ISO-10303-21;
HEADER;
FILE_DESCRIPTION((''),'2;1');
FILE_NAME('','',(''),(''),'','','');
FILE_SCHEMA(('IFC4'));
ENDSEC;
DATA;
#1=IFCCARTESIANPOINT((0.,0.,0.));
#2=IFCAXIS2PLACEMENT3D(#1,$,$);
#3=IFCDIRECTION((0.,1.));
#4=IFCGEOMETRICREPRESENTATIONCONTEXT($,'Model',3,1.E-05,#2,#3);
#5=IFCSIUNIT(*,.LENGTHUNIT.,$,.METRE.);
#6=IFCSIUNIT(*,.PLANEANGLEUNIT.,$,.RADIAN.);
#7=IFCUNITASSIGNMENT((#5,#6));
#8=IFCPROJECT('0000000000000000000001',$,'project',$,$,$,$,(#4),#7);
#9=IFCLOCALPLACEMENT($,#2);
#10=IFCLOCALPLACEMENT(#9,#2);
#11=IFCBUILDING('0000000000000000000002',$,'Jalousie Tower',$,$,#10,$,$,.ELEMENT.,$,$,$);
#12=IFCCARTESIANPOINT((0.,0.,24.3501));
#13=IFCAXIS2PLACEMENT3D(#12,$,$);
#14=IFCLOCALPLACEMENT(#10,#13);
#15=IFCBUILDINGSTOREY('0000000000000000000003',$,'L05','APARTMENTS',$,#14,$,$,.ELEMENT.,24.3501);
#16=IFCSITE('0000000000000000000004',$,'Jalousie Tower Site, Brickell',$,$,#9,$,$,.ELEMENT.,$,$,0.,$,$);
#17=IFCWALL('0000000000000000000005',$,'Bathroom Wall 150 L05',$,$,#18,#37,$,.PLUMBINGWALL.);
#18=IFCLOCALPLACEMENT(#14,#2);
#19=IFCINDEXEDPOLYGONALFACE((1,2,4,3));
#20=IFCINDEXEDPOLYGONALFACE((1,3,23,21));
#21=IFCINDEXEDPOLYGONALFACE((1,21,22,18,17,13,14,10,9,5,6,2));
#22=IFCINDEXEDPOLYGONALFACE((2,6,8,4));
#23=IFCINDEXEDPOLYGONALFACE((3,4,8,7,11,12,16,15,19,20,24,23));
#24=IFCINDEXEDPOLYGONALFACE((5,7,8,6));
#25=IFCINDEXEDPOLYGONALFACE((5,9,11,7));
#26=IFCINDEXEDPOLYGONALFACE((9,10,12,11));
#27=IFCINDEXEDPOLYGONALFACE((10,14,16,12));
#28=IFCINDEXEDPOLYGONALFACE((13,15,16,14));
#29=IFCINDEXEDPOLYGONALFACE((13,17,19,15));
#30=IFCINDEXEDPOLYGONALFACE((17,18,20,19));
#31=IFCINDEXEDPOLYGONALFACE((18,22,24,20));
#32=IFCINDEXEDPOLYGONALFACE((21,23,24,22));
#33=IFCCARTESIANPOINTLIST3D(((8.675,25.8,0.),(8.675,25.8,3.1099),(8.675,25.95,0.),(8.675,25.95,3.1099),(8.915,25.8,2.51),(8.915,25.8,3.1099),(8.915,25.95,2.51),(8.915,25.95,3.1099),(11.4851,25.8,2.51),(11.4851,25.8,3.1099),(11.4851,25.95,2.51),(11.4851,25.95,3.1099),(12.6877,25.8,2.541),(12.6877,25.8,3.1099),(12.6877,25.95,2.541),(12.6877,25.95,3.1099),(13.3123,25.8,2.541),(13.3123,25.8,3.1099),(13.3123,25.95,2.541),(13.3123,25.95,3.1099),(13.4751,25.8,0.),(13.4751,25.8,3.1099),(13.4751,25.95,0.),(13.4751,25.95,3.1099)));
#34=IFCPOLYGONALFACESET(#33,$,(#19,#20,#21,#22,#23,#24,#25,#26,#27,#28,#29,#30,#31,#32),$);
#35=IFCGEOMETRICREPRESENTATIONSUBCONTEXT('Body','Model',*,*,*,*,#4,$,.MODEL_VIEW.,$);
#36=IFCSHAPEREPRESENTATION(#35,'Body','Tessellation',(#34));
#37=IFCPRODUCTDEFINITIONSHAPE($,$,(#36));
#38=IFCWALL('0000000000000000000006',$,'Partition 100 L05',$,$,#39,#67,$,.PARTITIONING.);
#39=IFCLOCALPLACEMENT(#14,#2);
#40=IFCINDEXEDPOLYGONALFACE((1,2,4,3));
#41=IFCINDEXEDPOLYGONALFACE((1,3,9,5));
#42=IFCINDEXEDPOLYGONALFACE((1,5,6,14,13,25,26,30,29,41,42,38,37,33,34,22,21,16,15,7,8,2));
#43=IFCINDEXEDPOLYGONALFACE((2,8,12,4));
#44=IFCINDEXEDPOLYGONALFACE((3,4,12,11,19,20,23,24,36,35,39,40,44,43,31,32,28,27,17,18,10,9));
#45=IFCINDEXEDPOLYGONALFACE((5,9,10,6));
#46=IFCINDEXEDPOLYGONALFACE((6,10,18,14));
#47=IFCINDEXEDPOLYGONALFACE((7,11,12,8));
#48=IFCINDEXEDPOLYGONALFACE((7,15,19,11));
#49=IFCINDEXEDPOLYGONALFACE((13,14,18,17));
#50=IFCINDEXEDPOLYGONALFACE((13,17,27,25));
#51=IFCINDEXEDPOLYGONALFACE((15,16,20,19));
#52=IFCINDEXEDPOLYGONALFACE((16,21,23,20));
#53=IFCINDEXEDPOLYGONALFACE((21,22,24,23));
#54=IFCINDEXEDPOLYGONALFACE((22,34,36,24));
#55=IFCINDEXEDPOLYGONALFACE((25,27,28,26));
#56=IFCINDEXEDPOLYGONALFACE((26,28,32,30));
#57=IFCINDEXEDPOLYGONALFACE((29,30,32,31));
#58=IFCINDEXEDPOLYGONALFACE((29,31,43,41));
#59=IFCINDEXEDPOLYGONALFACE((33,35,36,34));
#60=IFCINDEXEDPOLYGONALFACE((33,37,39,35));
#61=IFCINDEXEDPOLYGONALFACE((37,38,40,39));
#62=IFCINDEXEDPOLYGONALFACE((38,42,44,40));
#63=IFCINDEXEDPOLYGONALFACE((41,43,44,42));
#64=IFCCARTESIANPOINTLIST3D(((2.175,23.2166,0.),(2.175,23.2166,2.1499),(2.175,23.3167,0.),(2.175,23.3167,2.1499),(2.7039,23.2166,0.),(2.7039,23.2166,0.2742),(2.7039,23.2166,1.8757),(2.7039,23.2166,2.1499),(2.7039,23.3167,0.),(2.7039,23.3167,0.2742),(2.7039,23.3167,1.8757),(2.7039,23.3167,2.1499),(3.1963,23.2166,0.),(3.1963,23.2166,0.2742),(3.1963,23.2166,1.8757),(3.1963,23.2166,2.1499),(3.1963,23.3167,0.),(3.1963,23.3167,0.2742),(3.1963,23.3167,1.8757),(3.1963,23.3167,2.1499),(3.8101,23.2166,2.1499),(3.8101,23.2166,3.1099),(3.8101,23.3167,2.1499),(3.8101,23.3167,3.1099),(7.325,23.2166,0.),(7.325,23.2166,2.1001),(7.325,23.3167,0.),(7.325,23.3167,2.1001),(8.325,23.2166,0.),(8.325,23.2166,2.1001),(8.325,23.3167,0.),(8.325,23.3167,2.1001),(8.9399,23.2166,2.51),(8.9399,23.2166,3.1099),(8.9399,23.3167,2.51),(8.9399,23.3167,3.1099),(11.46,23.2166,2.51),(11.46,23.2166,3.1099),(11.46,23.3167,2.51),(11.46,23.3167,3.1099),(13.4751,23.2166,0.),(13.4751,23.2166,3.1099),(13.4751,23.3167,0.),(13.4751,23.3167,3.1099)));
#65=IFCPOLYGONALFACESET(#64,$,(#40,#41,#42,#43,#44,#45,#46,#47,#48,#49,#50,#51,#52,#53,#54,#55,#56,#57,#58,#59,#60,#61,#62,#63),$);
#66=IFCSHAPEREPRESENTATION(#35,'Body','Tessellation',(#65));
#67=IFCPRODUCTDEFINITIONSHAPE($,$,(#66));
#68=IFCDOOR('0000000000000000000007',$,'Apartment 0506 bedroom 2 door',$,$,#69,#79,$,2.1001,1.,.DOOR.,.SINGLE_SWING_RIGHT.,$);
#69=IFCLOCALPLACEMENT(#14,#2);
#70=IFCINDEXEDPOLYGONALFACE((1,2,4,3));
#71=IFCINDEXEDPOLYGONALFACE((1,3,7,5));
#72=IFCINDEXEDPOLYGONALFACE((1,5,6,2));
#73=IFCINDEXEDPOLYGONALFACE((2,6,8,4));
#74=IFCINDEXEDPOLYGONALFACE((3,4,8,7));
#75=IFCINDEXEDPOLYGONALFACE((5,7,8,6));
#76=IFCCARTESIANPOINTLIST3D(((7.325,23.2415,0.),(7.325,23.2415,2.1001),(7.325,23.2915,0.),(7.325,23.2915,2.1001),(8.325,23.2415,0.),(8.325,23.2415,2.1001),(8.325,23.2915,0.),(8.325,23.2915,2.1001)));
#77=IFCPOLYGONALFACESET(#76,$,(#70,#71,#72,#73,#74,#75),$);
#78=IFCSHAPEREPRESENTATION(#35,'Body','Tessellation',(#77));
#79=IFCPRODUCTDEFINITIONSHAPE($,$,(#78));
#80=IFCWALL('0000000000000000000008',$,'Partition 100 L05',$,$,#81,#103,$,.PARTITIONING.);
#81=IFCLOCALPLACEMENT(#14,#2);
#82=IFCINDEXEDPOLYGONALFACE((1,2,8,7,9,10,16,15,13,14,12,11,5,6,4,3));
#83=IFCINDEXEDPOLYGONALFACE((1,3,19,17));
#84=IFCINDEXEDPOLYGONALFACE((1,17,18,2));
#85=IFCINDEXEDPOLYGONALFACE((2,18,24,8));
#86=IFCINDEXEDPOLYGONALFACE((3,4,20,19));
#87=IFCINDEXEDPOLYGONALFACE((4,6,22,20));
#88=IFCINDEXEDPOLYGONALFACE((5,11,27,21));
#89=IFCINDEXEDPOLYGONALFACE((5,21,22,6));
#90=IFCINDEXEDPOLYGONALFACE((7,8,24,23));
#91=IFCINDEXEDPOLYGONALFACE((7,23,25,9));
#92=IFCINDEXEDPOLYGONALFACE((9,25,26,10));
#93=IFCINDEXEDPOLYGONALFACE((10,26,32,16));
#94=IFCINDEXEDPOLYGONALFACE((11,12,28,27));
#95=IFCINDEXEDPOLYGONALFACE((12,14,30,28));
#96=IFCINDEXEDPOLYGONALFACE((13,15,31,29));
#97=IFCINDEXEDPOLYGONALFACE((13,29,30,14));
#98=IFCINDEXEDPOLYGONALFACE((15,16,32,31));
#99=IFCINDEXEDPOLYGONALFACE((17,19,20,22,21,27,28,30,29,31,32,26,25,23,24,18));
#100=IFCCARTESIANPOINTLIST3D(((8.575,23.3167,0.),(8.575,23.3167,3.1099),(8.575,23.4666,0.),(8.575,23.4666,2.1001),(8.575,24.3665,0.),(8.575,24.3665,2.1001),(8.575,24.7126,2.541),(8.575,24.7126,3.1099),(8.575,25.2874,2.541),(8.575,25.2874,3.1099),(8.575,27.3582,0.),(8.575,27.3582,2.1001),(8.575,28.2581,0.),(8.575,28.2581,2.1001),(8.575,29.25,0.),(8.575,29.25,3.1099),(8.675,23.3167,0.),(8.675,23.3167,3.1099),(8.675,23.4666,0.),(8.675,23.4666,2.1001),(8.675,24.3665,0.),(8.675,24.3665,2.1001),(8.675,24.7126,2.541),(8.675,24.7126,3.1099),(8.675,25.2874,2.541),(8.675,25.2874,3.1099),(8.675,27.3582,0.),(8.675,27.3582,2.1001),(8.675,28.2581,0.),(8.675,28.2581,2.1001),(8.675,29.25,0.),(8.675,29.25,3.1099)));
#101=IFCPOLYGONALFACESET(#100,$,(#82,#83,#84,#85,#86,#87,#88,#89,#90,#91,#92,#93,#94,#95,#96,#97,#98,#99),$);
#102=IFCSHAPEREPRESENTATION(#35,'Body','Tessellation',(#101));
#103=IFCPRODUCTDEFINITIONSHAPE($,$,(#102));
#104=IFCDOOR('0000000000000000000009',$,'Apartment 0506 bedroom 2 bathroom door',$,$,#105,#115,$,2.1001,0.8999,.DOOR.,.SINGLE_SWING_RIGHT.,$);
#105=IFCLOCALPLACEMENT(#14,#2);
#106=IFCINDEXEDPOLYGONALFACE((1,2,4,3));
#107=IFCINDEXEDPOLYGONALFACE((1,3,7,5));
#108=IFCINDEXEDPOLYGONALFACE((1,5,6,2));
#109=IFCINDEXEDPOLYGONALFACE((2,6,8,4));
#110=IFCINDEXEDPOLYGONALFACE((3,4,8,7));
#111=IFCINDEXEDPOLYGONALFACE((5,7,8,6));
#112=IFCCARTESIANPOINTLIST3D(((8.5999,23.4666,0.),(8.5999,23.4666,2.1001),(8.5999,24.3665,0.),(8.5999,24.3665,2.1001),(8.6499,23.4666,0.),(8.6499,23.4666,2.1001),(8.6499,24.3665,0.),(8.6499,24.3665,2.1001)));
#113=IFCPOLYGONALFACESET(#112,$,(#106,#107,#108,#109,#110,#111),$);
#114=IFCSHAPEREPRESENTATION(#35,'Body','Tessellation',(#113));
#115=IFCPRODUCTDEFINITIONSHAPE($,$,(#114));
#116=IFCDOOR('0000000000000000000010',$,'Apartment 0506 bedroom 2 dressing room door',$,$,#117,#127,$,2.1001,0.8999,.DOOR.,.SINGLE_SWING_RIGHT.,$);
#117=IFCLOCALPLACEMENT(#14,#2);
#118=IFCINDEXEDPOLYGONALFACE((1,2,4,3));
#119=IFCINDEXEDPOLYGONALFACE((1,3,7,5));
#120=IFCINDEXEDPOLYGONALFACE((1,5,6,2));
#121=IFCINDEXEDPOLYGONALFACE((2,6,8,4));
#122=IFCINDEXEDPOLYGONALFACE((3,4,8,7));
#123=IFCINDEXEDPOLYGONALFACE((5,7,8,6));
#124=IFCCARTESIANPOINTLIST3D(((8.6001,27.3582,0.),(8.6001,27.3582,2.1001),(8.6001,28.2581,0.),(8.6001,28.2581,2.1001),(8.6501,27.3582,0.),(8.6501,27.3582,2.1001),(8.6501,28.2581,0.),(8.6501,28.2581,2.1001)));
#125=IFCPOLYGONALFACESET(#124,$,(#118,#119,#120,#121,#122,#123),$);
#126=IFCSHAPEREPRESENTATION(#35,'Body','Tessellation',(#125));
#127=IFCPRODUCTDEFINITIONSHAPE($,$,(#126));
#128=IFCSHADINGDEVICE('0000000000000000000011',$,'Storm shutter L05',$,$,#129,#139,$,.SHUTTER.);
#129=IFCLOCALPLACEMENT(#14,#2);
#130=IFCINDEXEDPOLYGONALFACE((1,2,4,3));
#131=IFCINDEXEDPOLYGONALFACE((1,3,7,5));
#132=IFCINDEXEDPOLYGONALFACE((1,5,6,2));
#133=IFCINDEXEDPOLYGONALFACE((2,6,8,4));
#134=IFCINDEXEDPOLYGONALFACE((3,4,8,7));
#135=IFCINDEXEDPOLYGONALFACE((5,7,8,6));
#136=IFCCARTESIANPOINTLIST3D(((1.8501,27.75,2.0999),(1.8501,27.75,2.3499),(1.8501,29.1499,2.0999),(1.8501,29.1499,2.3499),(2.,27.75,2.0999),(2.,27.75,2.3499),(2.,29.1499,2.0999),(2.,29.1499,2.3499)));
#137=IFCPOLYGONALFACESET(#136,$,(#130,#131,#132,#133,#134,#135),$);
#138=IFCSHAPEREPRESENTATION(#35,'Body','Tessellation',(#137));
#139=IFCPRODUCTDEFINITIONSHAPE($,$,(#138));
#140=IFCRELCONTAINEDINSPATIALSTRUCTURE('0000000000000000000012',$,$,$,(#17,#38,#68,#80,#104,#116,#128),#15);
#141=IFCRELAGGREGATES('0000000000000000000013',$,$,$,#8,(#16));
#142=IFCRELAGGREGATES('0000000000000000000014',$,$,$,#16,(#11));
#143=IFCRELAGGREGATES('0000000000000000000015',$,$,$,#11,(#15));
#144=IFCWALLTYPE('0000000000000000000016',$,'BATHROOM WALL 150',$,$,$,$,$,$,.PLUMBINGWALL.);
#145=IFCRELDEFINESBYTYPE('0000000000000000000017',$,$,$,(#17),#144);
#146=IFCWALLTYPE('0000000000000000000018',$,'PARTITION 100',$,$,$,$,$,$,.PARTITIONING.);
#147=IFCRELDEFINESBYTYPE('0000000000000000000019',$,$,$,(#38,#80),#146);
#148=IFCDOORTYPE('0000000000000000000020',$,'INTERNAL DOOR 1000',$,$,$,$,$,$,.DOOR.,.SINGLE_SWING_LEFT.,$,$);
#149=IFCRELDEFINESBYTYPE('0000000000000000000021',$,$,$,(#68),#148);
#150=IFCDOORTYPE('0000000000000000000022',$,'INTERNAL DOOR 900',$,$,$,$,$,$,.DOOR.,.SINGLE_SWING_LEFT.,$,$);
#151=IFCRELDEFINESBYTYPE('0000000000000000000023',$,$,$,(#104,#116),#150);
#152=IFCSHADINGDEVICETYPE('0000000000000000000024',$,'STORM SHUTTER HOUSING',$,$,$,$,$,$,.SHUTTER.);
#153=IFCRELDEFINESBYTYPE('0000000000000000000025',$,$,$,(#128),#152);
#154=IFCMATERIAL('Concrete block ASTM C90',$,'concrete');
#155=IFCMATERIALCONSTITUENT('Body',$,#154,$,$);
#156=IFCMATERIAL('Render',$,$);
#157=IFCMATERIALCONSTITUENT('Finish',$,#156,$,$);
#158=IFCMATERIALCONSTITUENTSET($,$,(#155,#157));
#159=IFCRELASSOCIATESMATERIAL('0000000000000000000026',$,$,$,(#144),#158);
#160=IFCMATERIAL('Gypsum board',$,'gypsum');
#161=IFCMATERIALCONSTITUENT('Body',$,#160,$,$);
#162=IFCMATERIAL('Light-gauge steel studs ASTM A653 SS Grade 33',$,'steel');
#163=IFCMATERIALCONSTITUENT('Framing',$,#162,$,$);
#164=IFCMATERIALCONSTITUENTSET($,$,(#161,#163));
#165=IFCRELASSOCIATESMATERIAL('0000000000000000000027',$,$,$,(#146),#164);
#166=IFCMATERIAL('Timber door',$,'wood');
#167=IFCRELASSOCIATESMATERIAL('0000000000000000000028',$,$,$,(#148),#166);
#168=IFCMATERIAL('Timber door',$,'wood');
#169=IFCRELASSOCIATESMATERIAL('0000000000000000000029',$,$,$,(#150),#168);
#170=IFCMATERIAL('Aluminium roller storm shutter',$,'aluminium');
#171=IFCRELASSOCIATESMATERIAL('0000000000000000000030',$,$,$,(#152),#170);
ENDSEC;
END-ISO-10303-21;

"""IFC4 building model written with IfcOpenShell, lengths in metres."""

from ifc_helpers import new_model, si_unit, direction, frame, frame_2d, origin, origin_2d, place, context, subcontext, project, spatial, polyline, rectangle, outline, extrude, material, constituent, constituent_set, type_object, element, fill, save


model = new_model("IFC4")

# Units and contexts
model_context = context("Model", 3, precision=1e-05, world=origin(), true_north=direction((0.0, 1.0)))
body_context = subcontext(model_context, "Body", "Model", "MODEL_VIEW")
ifc_project = project(units=[si_unit("LENGTHUNIT", "METRE"), si_unit("PLANEANGLEUNIT", "RADIAN")], contexts=[model_context])

# Site, building, storey
site_placement = place(None, origin())
site = spatial("IfcSite", under=ifc_project, at=site_placement, Name="Jalousie Tower Site, Brickell", CompositionType="ELEMENT", RefElevation=0.0)
building_placement = place(site_placement, origin())
building = spatial("IfcBuilding", under=site, at=building_placement, Name="Jalousie Tower", CompositionType="ELEMENT")
storey_placement = place(building_placement, frame((0.0, 0.0, 24.3501)))
storey = spatial("IfcBuildingStorey", under=building, at=storey_placement, Name="L05", Description="APARTMENTS", CompositionType="ELEMENT", Elevation=24.3501)

# Wall
ifc_material_1 = material(Name="Concrete block ASTM C90", Category="concrete")
ifc_constituent_1 = constituent(ifc_material_1, Name="Body")
ifc_material_2 = material(Name="Render")
ifc_constituent_2 = constituent(ifc_material_2, Name="Finish")
ifc_constituent_set_1 = constituent_set(constituents=[ifc_constituent_1, ifc_constituent_2])
wall_type_1 = type_object("IfcWallType", Name="BATHROOM WALL 150", PredefinedType="PLUMBINGWALL", material=ifc_constituent_set_1)
wall_1_placement = place(storey_placement, frame((8.675, 25.875, 0.0), z_axis=(0.0, 0.0, 1.0), x_axis=(1.0, 0.0, 0.0)))
element("IfcWall", 1, at=wall_1_placement, inside=storey, type_object=wall_type_1, Name="Bathroom Wall 150 L05", PredefinedType="PLUMBINGWALL", context=body_context, shape_type="SweptSolid", body=[
    extrude(outline(polyline([(0.0, 0.0), (4.8, 0.0), (4.8, 3.1099), (4.6372, 3.1099), (4.6372, 2.541), (4.0127, 2.541), (4.0127, 3.1099), (2.8101, 3.1099), (2.8101, 2.51), (0.24, 2.51), (0.24, 3.1099), (0.0, 3.1099), (0.0, 0.0)])), frame((0.0, 0.075, 0.0), z_axis=(0.0, -1.0, 0.0), x_axis=(1.0, 0.0, 0.0)), (0.0, 0.0, 1.0), 0.1499),
])

# Wall, opening, door
ifc_material_3 = material(Name="Gypsum board", Category="gypsum")
ifc_constituent_3 = constituent(ifc_material_3, Name="Body")
ifc_material_4 = material(Name="Light-gauge steel studs ASTM A653 SS Grade 33", Category="steel")
ifc_constituent_4 = constituent(ifc_material_4, Name="Framing")
ifc_constituent_set_2 = constituent_set(constituents=[ifc_constituent_3, ifc_constituent_4])
wall_type_2 = type_object("IfcWallType", Name="PARTITION 100", PredefinedType="PARTITIONING", material=ifc_constituent_set_2)
wall_2_placement = place(storey_placement, frame((2.175, 23.2666, 0.0), z_axis=(0.0, 0.0, 1.0), x_axis=(1.0, 0.0, 0.0)))
wall_2 = element("IfcWall", 2, at=wall_2_placement, inside=storey, type_object=wall_type_2, Name="Partition 100 L05", PredefinedType="PARTITIONING", context=body_context, shape_type="SweptSolid", body=[
    extrude(outline(polyline([(0.5288, 2.1499), (0.0, 2.1499), (0.0, 0.0), (0.5288, 0.0), (0.5288, 0.2742), (1.0212, 0.2742), (1.0212, 0.0), (11.3, 0.0), (11.3, 3.1099), (9.2849, 3.1099), (9.2849, 2.51), (6.7649, 2.51), (6.7649, 3.1099), (1.635, 3.1099), (1.635, 2.1499), (1.0212, 2.1499), (1.0212, 1.8757), (0.5288, 1.8757), (0.5288, 2.1499)])), frame((0.0, 0.05, 0.0), z_axis=(0.0, -1.0, 0.0), x_axis=(1.0, 0.0, 0.0)), (0.0, 0.0, 1.0), 0.1001),
])
opening_1_placement = place(wall_2_placement, frame((5.1499, 0.0, 0.0)))
opening_1 = element("IfcOpeningElement", 3, at=opening_1_placement, cuts=wall_2, PredefinedType="OPENING", context=body_context, shape_type="SweptSolid", body=[
    extrude(rectangle(XDim=1.0, YDim=2.1001, at=frame_2d((0.5, 1.05))), frame((0.0, 0.0601, 0.0), z_axis=(0.0, -1.0, 0.0), x_axis=(1.0, 0.0, 0.0)), (0.0, 0.0, 1.0), 0.1201),
])
ifc_material_5 = material(Name="Timber door", Category="wood")
door_type_1 = type_object("IfcDoorType", Name="INTERNAL DOOR 1000", OperationType="SINGLE_SWING_LEFT", PredefinedType="DOOR", material=ifc_material_5)
door_1_placement = place(opening_1_placement, origin())
door_1 = element("IfcDoor", 4, at=door_1_placement, inside=storey, type_object=door_type_1, Name="Apartment 0506 bedroom 2 door", OperationType="SINGLE_SWING_RIGHT", OverallHeight=2.1001, OverallWidth=1.0, PredefinedType="DOOR", context=body_context, shape_type="SweptSolid", body=[
    extrude(rectangle(XDim=1.0, YDim=2.1001, at=frame_2d((0.5, 1.05))), frame((0.0, 0.0249, 0.0), z_axis=(0.0, -1.0, 0.0), x_axis=(1.0, 0.0, 0.0)), (0.0, 0.0, 1.0), 0.05),
])
fill(opening_1, door_1)

# Wall, openings, doors
wall_3_placement = place(storey_placement, frame((8.625, 23.3167, 0.0), z_axis=(0.0, 0.0, 1.0), x_axis=(0.0, 1.0, 0.0)))
wall_3 = element("IfcWall", 5, at=wall_3_placement, inside=storey, type_object=wall_type_2, Name="Partition 100 L05", PredefinedType="PARTITIONING", context=body_context, shape_type="SweptSolid", body=[
    extrude(outline(polyline([(0.0, 0.0), (5.9333, 0.0), (5.9333, 3.1099), (1.9707, 3.1099), (1.9707, 2.541), (1.396, 2.541), (1.396, 3.1099), (0.0, 3.1099), (0.0, 0.0)])), frame((0.0, 0.05, 0.0), z_axis=(0.0, -1.0, 0.0), x_axis=(1.0, 0.0, 0.0)), (0.0, 0.0, 1.0), 0.1001),
])
opening_2_placement = place(wall_3_placement, frame((0.1499, 0.0, 0.0)))
opening_2 = element("IfcOpeningElement", 6, at=opening_2_placement, cuts=wall_3, PredefinedType="OPENING", context=body_context, shape_type="SweptSolid", body=[
    extrude(rectangle(XDim=0.8999, YDim=2.1001, at=frame_2d((0.45, 1.05))), frame((0.0, 0.0601, 0.0), z_axis=(0.0, -1.0, 0.0), x_axis=(1.0, 0.0, 0.0)), (0.0, 0.0, 1.0), 0.1201),
])
opening_3_placement = place(wall_3_placement, frame((4.0415, 0.0, 0.0)))
opening_3 = element("IfcOpeningElement", 7, at=opening_3_placement, cuts=wall_3, PredefinedType="OPENING", context=body_context, shape_type="SweptSolid", body=[
    extrude(rectangle(XDim=0.8999, YDim=2.1001, at=frame_2d((0.45, 1.05))), frame((0.0, 0.0601, 0.0), z_axis=(0.0, -1.0, 0.0), x_axis=(1.0, 0.0, 0.0)), (0.0, 0.0, 1.0), 0.1201),
])
ifc_material_6 = material(Name="Timber door", Category="wood")
door_type_2 = type_object("IfcDoorType", Name="INTERNAL DOOR 900", OperationType="SINGLE_SWING_LEFT", PredefinedType="DOOR", material=ifc_material_6)
door_2_placement = place(opening_2_placement, frame((0.8999, 0.0, 0.0), z_axis=(0.0, 0.0, 1.0), x_axis=(-1.0, 0.0, 0.0)))
door_2 = element("IfcDoor", 8, at=door_2_placement, inside=storey, type_object=door_type_2, Name="Apartment 0506 bedroom 2 bathroom door", OperationType="SINGLE_SWING_RIGHT", OverallHeight=2.1001, OverallWidth=0.8999, PredefinedType="DOOR", context=body_context, shape_type="SweptSolid", body=[
    extrude(rectangle(XDim=0.8999, YDim=2.1001, at=frame_2d((0.45, 1.05))), frame((0.0, 0.0249, 0.0), z_axis=(0.0, -1.0, 0.0), x_axis=(1.0, 0.0, 0.0)), (0.0, 0.0, 1.0), 0.05),
])
fill(opening_2, door_2)
door_3_placement = place(opening_3_placement, origin())
door_3 = element("IfcDoor", 9, at=door_3_placement, inside=storey, type_object=door_type_2, Name="Apartment 0506 bedroom 2 dressing room door", OperationType="SINGLE_SWING_RIGHT", OverallHeight=2.1001, OverallWidth=0.8999, PredefinedType="DOOR", context=body_context, shape_type="SweptSolid", body=[
    extrude(rectangle(XDim=0.8999, YDim=2.1001, at=frame_2d((0.45, 1.05))), frame((0.0, 0.0249, 0.0), z_axis=(0.0, -1.0, 0.0), x_axis=(1.0, 0.0, 0.0)), (0.0, 0.0, 1.0), 0.05),
])
fill(opening_3, door_3)

# Shading device
ifc_material_7 = material(Name="Aluminium roller storm shutter", Category="aluminium")
shading_device_type = type_object("IfcShadingDeviceType", Name="STORM SHUTTER HOUSING", PredefinedType="SHUTTER", material=ifc_material_7)
shading_device_placement = place(storey_placement, frame((1.925, 28.45, 2.0999), z_axis=(0.0, 0.0, 1.0), x_axis=(0.0, -1.0, 0.0)))
element("IfcShadingDevice", 10, at=shading_device_placement, inside=storey, type_object=shading_device_type, Name="Storm shutter L05", PredefinedType="SHUTTER", context=body_context, shape_type="SweptSolid", body=[
    extrude(rectangle(XDim=1.3999, YDim=0.1499, at=origin_2d()), origin(), (0.0, 0.0, 1.0), 0.25),
])

save(model, "model.ifc")
